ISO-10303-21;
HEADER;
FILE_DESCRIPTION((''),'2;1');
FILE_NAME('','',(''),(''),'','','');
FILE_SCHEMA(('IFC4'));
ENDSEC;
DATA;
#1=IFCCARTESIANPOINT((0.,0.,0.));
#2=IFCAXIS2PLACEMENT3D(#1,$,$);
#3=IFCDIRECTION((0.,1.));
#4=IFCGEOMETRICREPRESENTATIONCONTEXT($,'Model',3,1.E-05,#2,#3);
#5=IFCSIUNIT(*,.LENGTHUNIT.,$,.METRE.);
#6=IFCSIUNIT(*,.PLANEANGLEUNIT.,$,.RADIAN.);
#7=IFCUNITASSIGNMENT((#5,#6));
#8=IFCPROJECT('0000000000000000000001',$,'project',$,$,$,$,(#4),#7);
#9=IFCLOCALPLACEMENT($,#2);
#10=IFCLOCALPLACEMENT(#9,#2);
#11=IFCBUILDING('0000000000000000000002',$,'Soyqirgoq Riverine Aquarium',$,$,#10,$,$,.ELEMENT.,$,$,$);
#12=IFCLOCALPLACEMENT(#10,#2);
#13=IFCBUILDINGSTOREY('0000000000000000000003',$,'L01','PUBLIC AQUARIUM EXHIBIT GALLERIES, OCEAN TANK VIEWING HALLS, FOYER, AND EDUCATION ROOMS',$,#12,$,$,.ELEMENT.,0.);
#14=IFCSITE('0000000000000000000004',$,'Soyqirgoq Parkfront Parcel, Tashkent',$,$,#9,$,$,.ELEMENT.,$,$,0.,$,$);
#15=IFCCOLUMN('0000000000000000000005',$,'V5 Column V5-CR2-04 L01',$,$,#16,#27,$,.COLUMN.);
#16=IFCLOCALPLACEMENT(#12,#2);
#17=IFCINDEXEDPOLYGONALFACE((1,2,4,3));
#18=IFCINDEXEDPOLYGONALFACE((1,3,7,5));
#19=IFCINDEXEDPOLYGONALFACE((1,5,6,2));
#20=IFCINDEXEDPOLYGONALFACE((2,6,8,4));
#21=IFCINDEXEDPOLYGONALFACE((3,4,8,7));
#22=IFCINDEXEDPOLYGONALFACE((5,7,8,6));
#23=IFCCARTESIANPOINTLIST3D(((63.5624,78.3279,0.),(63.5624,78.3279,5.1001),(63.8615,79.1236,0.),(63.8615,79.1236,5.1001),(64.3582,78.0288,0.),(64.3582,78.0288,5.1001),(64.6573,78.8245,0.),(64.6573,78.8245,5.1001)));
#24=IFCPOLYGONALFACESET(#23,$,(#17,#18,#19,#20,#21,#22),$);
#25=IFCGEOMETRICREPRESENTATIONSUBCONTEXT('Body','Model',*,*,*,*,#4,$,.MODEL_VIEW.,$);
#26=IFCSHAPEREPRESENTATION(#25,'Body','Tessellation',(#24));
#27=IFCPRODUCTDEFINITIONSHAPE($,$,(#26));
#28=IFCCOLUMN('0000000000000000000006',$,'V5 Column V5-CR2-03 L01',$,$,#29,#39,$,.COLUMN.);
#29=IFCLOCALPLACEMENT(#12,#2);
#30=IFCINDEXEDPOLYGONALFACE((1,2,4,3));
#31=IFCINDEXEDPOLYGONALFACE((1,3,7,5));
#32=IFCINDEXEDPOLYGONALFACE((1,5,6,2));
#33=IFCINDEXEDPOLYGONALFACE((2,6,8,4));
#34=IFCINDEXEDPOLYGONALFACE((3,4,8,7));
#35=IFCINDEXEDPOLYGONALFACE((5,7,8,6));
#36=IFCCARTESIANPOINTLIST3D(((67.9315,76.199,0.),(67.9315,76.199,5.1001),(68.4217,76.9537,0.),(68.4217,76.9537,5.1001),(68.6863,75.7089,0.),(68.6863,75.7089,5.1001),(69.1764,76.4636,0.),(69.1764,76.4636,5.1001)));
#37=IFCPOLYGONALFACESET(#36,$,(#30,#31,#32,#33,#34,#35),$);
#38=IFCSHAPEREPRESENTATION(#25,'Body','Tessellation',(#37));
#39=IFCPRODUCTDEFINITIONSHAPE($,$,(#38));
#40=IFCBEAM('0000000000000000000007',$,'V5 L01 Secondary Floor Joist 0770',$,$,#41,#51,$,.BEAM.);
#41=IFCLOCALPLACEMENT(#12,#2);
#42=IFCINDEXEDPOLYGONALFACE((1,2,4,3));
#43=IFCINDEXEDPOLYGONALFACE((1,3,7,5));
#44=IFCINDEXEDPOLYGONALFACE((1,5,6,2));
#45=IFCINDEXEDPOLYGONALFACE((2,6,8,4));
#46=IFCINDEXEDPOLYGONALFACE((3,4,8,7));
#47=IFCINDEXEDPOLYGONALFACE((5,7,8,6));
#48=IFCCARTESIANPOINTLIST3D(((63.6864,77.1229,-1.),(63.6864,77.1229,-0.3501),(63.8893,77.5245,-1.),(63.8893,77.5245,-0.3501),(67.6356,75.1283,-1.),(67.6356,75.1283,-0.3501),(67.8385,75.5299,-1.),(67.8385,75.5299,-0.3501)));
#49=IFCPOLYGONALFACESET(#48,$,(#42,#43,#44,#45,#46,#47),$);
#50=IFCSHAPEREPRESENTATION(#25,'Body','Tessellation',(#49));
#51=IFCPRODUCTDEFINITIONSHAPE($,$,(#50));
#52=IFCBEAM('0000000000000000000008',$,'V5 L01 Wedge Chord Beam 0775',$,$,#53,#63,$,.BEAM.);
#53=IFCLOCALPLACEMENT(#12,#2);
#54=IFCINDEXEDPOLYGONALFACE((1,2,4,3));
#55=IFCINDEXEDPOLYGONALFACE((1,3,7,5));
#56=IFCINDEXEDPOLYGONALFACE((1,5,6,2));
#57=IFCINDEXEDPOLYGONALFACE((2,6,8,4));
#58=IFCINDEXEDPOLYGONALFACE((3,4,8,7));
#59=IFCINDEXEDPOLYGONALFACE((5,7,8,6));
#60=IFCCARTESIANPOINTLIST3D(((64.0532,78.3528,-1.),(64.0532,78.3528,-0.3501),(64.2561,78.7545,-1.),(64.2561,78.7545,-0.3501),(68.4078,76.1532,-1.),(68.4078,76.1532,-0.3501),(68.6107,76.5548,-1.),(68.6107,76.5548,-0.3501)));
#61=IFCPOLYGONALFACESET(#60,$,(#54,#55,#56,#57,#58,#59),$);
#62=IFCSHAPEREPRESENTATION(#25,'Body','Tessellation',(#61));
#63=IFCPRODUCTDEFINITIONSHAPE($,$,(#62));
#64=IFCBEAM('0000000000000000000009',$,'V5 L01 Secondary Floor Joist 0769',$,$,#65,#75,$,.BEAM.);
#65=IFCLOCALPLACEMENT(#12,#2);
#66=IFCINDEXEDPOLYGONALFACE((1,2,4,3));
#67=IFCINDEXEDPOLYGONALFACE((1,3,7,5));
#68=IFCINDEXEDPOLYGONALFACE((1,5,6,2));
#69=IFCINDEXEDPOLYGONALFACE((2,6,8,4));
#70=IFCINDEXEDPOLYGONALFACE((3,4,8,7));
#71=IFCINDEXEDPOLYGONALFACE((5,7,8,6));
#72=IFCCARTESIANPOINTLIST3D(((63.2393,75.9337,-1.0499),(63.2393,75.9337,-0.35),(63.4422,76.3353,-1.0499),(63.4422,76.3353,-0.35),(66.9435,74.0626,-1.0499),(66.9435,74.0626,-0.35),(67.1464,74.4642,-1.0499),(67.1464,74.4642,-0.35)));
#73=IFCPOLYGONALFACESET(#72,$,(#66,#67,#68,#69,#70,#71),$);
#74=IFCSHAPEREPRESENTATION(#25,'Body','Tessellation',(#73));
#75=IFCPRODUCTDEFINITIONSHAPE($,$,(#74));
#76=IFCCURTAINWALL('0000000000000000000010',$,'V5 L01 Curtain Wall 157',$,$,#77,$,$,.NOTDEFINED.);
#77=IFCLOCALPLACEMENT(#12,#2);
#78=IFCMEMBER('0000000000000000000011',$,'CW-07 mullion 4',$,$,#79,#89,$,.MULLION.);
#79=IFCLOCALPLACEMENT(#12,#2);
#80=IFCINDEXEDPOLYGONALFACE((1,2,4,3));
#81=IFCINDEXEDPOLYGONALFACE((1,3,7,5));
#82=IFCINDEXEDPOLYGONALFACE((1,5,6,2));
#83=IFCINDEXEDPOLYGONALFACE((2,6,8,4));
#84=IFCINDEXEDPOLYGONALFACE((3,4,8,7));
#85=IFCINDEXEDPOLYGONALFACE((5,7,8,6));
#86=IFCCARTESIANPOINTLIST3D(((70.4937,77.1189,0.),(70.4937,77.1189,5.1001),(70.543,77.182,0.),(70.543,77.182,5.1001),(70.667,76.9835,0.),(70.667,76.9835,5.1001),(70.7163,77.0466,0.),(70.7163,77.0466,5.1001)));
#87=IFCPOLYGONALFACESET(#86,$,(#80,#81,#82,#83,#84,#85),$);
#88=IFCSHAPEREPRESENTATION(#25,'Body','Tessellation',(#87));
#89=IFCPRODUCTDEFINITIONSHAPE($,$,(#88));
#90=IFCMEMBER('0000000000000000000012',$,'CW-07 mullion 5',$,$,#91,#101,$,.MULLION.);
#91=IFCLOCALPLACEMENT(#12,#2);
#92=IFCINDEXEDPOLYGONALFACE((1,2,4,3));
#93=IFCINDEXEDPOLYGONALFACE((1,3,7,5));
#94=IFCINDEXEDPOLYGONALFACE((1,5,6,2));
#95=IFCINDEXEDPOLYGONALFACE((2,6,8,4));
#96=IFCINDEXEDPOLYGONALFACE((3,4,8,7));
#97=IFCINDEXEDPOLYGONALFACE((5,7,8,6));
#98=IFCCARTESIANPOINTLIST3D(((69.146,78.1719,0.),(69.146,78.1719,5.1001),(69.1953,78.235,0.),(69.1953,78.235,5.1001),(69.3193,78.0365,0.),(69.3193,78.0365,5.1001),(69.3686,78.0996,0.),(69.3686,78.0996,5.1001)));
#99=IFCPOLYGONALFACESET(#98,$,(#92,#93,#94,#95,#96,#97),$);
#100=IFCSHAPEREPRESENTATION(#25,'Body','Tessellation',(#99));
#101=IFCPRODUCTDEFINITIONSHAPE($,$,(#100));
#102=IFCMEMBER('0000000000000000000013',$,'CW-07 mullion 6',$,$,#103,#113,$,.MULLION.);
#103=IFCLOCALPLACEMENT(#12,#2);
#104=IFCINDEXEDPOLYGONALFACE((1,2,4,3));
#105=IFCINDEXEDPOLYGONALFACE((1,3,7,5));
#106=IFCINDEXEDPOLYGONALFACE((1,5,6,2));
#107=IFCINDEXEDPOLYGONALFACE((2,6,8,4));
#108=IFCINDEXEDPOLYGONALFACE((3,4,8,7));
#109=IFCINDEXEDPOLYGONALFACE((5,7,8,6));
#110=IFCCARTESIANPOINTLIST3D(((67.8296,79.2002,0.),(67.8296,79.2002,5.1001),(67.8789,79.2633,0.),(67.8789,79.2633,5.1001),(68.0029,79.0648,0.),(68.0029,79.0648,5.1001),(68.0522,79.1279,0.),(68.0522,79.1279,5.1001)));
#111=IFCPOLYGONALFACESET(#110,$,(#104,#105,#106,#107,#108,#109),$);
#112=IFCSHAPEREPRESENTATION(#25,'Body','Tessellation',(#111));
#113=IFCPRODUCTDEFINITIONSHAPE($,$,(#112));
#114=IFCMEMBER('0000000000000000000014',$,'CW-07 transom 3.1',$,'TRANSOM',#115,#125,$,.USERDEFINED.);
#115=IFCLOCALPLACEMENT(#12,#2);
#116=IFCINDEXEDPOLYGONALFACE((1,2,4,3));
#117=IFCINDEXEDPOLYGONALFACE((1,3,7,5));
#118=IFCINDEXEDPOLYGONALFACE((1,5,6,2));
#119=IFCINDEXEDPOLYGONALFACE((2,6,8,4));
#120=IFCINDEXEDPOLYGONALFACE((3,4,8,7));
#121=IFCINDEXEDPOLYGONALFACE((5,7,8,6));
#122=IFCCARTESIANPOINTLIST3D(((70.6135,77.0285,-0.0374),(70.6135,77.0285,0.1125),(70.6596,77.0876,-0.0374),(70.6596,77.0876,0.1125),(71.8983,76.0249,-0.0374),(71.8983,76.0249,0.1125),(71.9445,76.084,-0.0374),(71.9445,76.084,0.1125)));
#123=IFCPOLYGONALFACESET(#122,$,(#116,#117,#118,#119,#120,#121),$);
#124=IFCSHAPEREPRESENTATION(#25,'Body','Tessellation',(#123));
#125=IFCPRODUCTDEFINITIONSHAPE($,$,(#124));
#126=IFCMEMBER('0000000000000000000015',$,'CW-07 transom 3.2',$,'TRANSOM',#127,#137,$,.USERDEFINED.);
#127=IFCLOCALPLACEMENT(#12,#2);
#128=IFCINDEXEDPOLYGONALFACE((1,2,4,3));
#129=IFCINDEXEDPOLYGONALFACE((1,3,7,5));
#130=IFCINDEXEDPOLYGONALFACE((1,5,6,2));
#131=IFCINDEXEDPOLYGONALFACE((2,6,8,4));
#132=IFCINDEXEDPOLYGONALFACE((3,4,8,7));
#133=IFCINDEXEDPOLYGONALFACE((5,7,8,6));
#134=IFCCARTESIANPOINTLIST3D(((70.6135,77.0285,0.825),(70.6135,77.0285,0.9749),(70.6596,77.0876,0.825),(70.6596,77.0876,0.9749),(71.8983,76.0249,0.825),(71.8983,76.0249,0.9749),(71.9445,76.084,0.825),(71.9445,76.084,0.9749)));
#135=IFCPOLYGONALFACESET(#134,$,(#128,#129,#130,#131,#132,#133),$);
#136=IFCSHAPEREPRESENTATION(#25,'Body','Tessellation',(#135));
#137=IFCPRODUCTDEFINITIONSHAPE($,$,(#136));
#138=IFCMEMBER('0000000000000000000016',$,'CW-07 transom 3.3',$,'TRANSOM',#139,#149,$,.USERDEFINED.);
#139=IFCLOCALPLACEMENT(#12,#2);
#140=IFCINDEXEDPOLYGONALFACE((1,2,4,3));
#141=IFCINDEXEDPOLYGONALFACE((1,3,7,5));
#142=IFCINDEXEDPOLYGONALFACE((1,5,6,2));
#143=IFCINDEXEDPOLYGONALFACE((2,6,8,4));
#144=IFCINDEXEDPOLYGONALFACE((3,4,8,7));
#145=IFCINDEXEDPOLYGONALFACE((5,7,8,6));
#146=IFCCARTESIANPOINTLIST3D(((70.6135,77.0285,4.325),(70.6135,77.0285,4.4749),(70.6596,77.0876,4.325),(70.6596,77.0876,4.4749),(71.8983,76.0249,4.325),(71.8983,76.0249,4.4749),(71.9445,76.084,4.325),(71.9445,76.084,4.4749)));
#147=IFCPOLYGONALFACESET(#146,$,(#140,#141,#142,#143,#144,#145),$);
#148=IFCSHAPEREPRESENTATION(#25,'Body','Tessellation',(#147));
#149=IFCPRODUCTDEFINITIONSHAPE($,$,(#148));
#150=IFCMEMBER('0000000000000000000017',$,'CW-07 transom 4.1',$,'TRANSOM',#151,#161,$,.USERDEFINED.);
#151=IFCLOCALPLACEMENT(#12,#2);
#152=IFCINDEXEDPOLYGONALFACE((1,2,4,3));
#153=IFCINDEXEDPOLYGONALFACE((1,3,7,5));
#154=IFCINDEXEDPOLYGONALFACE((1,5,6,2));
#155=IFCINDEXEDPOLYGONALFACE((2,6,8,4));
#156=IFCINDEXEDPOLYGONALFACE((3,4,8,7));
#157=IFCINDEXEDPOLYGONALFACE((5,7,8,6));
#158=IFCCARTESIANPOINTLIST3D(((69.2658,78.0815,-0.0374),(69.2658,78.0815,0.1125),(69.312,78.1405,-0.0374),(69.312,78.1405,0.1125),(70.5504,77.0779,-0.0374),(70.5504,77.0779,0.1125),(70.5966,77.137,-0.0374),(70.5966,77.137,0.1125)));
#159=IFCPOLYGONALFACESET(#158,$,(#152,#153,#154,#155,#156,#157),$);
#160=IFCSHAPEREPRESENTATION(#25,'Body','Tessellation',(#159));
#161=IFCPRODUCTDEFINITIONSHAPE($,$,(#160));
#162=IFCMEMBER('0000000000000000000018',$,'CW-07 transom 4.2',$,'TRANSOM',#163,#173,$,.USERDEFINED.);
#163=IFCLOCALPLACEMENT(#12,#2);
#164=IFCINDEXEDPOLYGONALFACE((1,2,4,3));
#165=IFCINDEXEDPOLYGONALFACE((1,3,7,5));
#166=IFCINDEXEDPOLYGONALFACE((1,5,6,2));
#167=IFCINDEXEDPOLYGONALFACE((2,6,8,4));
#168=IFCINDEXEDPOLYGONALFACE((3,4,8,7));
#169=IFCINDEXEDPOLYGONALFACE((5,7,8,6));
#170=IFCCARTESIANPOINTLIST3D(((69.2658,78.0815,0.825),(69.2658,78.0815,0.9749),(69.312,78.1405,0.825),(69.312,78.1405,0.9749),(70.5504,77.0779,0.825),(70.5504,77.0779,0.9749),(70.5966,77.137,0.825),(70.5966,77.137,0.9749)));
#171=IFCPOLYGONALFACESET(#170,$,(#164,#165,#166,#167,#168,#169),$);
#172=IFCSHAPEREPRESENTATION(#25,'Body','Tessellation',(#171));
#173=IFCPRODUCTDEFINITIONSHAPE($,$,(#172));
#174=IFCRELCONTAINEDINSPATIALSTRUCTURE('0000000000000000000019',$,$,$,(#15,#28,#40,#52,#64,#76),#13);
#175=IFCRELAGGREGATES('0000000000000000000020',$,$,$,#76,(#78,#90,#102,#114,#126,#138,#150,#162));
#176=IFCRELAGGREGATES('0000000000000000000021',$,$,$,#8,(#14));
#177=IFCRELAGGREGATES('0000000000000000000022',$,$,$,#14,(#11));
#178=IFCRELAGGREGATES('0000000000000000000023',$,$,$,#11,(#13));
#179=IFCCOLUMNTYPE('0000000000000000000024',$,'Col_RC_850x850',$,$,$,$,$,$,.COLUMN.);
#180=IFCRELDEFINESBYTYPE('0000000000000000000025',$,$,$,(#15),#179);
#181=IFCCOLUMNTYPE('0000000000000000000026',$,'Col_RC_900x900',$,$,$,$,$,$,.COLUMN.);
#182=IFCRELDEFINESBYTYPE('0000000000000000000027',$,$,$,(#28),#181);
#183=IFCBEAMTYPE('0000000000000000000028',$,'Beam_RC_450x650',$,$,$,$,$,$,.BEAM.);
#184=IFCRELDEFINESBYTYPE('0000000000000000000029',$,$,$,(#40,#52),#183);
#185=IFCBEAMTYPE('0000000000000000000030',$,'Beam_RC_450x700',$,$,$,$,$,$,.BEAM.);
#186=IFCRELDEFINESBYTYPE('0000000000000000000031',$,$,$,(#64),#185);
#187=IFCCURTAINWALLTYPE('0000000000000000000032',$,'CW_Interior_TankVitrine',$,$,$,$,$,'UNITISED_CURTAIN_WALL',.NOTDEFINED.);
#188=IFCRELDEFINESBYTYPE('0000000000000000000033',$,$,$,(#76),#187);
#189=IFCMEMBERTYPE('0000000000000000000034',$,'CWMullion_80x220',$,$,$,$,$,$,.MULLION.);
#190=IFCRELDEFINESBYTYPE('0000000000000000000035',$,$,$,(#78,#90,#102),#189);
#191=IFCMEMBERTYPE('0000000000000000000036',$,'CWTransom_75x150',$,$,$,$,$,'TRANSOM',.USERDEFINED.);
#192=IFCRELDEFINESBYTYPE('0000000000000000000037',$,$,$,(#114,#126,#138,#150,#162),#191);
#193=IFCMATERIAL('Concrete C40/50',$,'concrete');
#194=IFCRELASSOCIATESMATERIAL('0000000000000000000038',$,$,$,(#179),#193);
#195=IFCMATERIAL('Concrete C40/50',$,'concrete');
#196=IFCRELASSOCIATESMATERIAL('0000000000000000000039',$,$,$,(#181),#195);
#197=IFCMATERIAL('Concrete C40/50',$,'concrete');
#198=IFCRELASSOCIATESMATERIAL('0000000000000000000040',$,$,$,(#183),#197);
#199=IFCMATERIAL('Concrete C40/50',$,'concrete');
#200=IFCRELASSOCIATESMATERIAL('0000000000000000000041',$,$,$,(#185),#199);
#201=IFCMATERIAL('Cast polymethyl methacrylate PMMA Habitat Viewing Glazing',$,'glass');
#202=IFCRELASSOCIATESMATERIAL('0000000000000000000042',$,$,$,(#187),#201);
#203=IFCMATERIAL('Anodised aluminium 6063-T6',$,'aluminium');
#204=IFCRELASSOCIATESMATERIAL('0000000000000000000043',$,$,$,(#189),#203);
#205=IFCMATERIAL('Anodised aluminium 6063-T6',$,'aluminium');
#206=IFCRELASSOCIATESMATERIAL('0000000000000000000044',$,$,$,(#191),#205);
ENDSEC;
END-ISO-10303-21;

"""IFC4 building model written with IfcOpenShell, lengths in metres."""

from ifc_helpers import new_model, si_unit, direction, frame, origin, origin_2d, place, context, subcontext, project, spatial, rectangle, extrude, material, material_profile, profile_set, type_object, element, aggregate, save


model = new_model("IFC4")

# Units and contexts
model_context = context("Model", 3, precision=1e-05, world=origin(), true_north=direction((0.0, 1.0)))
body_context = subcontext(model_context, "Body", "Model", "MODEL_VIEW")
ifc_project = project(units=[si_unit("LENGTHUNIT", "METRE"), si_unit("PLANEANGLEUNIT", "RADIAN")], contexts=[model_context])

# Site, building, storey
site_placement = place(None, origin())
site = spatial("IfcSite", under=ifc_project, at=site_placement, Name="Soyqirgoq Parkfront Parcel, Tashkent", CompositionType="ELEMENT", RefElevation=0.0)
building_placement = place(site_placement, origin())
building = spatial("IfcBuilding", under=site, at=building_placement, Name="Soyqirgoq Riverine Aquarium", CompositionType="ELEMENT")
storey_placement = place(building_placement, origin())
storey = spatial("IfcBuildingStorey", under=building, at=storey_placement, Name="L01", Description="PUBLIC AQUARIUM EXHIBIT GALLERIES, OCEAN TANK VIEWING HALLS, FOYER, AND EDUCATION ROOMS", CompositionType="ELEMENT", Elevation=0.0)

# Columns
ifc_material_1 = material(Name="Concrete C40/50", Category="concrete")
ifc_material_profile_1 = material_profile(ifc_material_1, rectangle(XDim=0.8501, YDim=0.8501, at=origin_2d()), Name="RC 850x850")
ifc_profile_set_1 = profile_set([ifc_material_profile_1], Name="Concrete C40/50")
column_type_1 = type_object("IfcColumnType", Name="Col_RC_850x850", PredefinedType="COLUMN", material=ifc_profile_set_1)
column_1_placement = place(storey_placement, frame((64.1099, 78.5762, 0.0), z_axis=(0.0, 0.0, 1.0), x_axis=(0.351842, 0.93606, 0.0)))
element("IfcColumn", 1, at=column_1_placement, inside=storey, type_object=column_type_1, Name="V5 Column V5-CR2-04 L01", PredefinedType="COLUMN", context=body_context, shape_type="SweptSolid", body=[
    extrude(rectangle(XDim=0.8501, YDim=0.8501, at=origin_2d()), origin(), (0.0, 0.0, 1.0), 5.1001),
])
ifc_material_2 = material(Name="Concrete C40/50", Category="concrete")
ifc_material_profile_2 = material_profile(ifc_material_2, rectangle(XDim=0.8999, YDim=0.8999, at=origin_2d()), Name="RC 900x900")
ifc_profile_set_2 = profile_set([ifc_material_profile_2], Name="Concrete C40/50")
column_type_2 = type_object("IfcColumnType", Name="Col_RC_900x900", PredefinedType="COLUMN", material=ifc_profile_set_2)
column_2_placement = place(storey_placement, frame((68.554, 76.3313, 0.0), z_axis=(0.0, 0.0, 1.0), x_axis=(0.544639, 0.838671, 0.0)))
element("IfcColumn", 2, at=column_2_placement, inside=storey, type_object=column_type_2, Name="V5 Column V5-CR2-03 L01", PredefinedType="COLUMN", context=body_context, shape_type="SweptSolid", body=[
    extrude(rectangle(XDim=0.8999, YDim=0.8999, at=origin_2d()), origin(), (0.0, 0.0, 1.0), 5.1001),
])

# Beams
ifc_material_3 = material(Name="Concrete C40/50", Category="concrete")
ifc_material_profile_3 = material_profile(ifc_material_3, rectangle(XDim=0.45, YDim=0.6499, at=origin_2d()), Name="RC 450x650")
ifc_profile_set_3 = profile_set([ifc_material_profile_3], Name="Concrete C40/50")
beam_type_1 = type_object("IfcBeamType", Name="Beam_RC_450x650", PredefinedType="BEAM", material=ifc_profile_set_3)
beam_1_placement = place(storey_placement, frame((67.7371, 75.3291, -0.675), z_axis=(-0.89261, 0.45083, 0.0), x_axis=(-0.45083, -0.89261, 0.0)))
element("IfcBeam", 3, at=beam_1_placement, inside=storey, type_object=beam_type_1, Name="V5 L01 Secondary Floor Joist 0770", PredefinedType="BEAM", context=body_context, shape_type="SweptSolid", body=[
    extrude(rectangle(XDim=0.45, YDim=0.6499, at=origin_2d()), origin(), (0.0, 0.0, 1.0), 4.4243),
])
beam_2_placement = place(storey_placement, frame((68.5093, 76.354, -0.675), z_axis=(-0.892588, 0.450873, 0.0), x_axis=(-0.450873, -0.892588, 0.0)))
element("IfcBeam", 4, at=beam_2_placement, inside=storey, type_object=beam_type_1, Name="V5 L01 Wedge Chord Beam 0775", PredefinedType="BEAM", context=body_context, shape_type="SweptSolid", body=[
    extrude(rectangle(XDim=0.45, YDim=0.6499, at=origin_2d()), origin(), (0.0, 0.0, 1.0), 4.8787),
])
ifc_material_4 = material(Name="Concrete C40/50", Category="concrete")
ifc_material_profile_4 = material_profile(ifc_material_4, rectangle(XDim=0.45, YDim=0.7, at=origin_2d()), Name="RC 450x700")
ifc_profile_set_4 = profile_set([ifc_material_profile_4], Name="Concrete C40/50")
beam_type_2 = type_object("IfcBeamType", Name="Beam_RC_450x700", PredefinedType="BEAM", material=ifc_profile_set_4)
beam_3_placement = place(storey_placement, frame((67.0449, 74.2634, -0.7), z_axis=(-0.892584, 0.450881, 0.0), x_axis=(-0.450881, -0.892584, 0.0)))
element("IfcBeam", 5, at=beam_3_placement, inside=storey, type_object=beam_type_2, Name="V5 L01 Secondary Floor Joist 0769", PredefinedType="BEAM", context=body_context, shape_type="SweptSolid", body=[
    extrude(rectangle(XDim=0.45, YDim=0.7, at=origin_2d()), origin(), (0.0, 0.0, 1.0), 4.1499),
])

# Curtain wall, members
ifc_material_5 = material(Name="Cast polymethyl methacrylate PMMA Habitat Viewing Glazing", Category="glass")
curtain_wall_type = type_object("IfcCurtainWallType", Name="CW_Interior_TankVitrine", ElementType="UNITISED_CURTAIN_WALL", PredefinedType="NOTDEFINED", material=ifc_material_5)
curtain_wall_placement = place(storey_placement, origin())
curtain_wall = element("IfcCurtainWall", 6, at=curtain_wall_placement, inside=storey, type_object=curtain_wall_type, Name="V5 L01 Curtain Wall 157", PredefinedType="NOTDEFINED")
ifc_material_6 = material(Name="Anodised aluminium 6063-T6", Category="aluminium")
ifc_material_profile_5 = material_profile(ifc_material_6, rectangle(XDim=0.0801, YDim=0.22, at=origin_2d()), Name="ALU-M 80x220")
ifc_profile_set_5 = profile_set([ifc_material_profile_5], Name="Anodised aluminium 6063-T6")
member_type_1 = type_object("IfcMemberType", Name="CWMullion_80x220", PredefinedType="MULLION", material=ifc_profile_set_5)
member_1_placement = place(storey_placement, frame((70.605, 77.0828, 0.0), z_axis=(0.0, 0.0, 1.0), x_axis=(-0.615661, -0.788011, 0.0)))
member_1 = element("IfcMember", 7, at=member_1_placement, type_object=member_type_1, Name="CW-07 mullion 4", PredefinedType="MULLION", context=body_context, shape_type="SweptSolid", body=[
    extrude(rectangle(XDim=0.0801, YDim=0.22, at=origin_2d()), origin(), (0.0, 0.0, 1.0), 5.1001),
])
member_2_placement = place(storey_placement, frame((69.2573, 78.1357, 0.0), z_axis=(0.0, 0.0, 1.0), x_axis=(-0.615661, -0.788011, 0.0)))
member_2 = element("IfcMember", 8, at=member_2_placement, type_object=member_type_1, Name="CW-07 mullion 5", PredefinedType="MULLION", context=body_context, shape_type="SweptSolid", body=[
    extrude(rectangle(XDim=0.0801, YDim=0.22, at=origin_2d()), origin(), (0.0, 0.0, 1.0), 5.1001),
])
member_3_placement = place(storey_placement, frame((67.9409, 79.1641, 0.0), z_axis=(0.0, 0.0, 1.0), x_axis=(-0.615661, -0.788011, 0.0)))
member_3 = element("IfcMember", 9, at=member_3_placement, type_object=member_type_1, Name="CW-07 mullion 6", PredefinedType="MULLION", context=body_context, shape_type="SweptSolid", body=[
    extrude(rectangle(XDim=0.0801, YDim=0.22, at=origin_2d()), origin(), (0.0, 0.0, 1.0), 5.1001),
])
ifc_material_7 = material(Name="Anodised aluminium 6063-T6", Category="aluminium")
ifc_material_profile_6 = material_profile(ifc_material_7, rectangle(XDim=0.075, YDim=0.1499, at=origin_2d()), Name="ALU-T 75x150")
ifc_profile_set_6 = profile_set([ifc_material_profile_6], Name="Anodised aluminium 6063-T6")
member_type_2 = type_object("IfcMemberType", Name="CWTransom_75x150", ElementType="TRANSOM", PredefinedType="USERDEFINED", material=ifc_profile_set_6)
member_4_placement = place(storey_placement, frame((71.9214, 76.0544, 0.0376), z_axis=(-0.788077, 0.615577, 0.0), x_axis=(-0.615577, -0.788077, 0.0)))
member_4 = element("IfcMember", 10, at=member_4_placement, type_object=member_type_2, Name="CW-07 transom 3.1", ObjectType="TRANSOM", PredefinedType="USERDEFINED", context=body_context, shape_type="SweptSolid", body=[
    extrude(rectangle(XDim=0.075, YDim=0.1499, at=origin_2d()), origin(), (0.0, 0.0, 1.0), 1.6304),
])
member_5_placement = place(storey_placement, frame((71.9214, 76.0544, 0.8999), z_axis=(-0.788077, 0.615577, 0.0), x_axis=(-0.615577, -0.788077, 0.0)))
member_5 = element("IfcMember", 11, at=member_5_placement, type_object=member_type_2, Name="CW-07 transom 3.2", ObjectType="TRANSOM", PredefinedType="USERDEFINED", context=body_context, shape_type="SweptSolid", body=[
    extrude(rectangle(XDim=0.075, YDim=0.1499, at=origin_2d()), origin(), (0.0, 0.0, 1.0), 1.6304),
])
member_6_placement = place(storey_placement, frame((71.9214, 76.0544, 4.3999), z_axis=(-0.788077, 0.615577, 0.0), x_axis=(-0.615577, -0.788077, 0.0)))
member_6 = element("IfcMember", 12, at=member_6_placement, type_object=member_type_2, Name="CW-07 transom 3.3", ObjectType="TRANSOM", PredefinedType="USERDEFINED", context=body_context, shape_type="SweptSolid", body=[
    extrude(rectangle(XDim=0.075, YDim=0.1499, at=origin_2d()), origin(), (0.0, 0.0, 1.0), 1.6304),
])
member_7_placement = place(storey_placement, frame((70.5735, 77.1074, 0.0376), z_axis=(-0.78802, 0.61565, 0.0), x_axis=(-0.61565, -0.78802, 0.0)))
member_7 = element("IfcMember", 13, at=member_7_placement, type_object=member_type_2, Name="CW-07 transom 4.1", ObjectType="TRANSOM", PredefinedType="USERDEFINED", context=body_context, shape_type="SweptSolid", body=[
    extrude(rectangle(XDim=0.075, YDim=0.1499, at=origin_2d()), origin(), (0.0, 0.0, 1.0), 1.6301),
])
member_8_placement = place(storey_placement, frame((70.5735, 77.1074, 0.8999), z_axis=(-0.78802, 0.61565, 0.0), x_axis=(-0.61565, -0.78802, 0.0)))
member_8 = element("IfcMember", 14, at=member_8_placement, type_object=member_type_2, Name="CW-07 transom 4.2", ObjectType="TRANSOM", PredefinedType="USERDEFINED", context=body_context, shape_type="SweptSolid", body=[
    extrude(rectangle(XDim=0.075, YDim=0.1499, at=origin_2d()), origin(), (0.0, 0.0, 1.0), 1.6301),
])

aggregate(curtain_wall, [member_1, member_2, member_3, member_4, member_5, member_6, member_7, member_8])

save(model, "model.ifc")
